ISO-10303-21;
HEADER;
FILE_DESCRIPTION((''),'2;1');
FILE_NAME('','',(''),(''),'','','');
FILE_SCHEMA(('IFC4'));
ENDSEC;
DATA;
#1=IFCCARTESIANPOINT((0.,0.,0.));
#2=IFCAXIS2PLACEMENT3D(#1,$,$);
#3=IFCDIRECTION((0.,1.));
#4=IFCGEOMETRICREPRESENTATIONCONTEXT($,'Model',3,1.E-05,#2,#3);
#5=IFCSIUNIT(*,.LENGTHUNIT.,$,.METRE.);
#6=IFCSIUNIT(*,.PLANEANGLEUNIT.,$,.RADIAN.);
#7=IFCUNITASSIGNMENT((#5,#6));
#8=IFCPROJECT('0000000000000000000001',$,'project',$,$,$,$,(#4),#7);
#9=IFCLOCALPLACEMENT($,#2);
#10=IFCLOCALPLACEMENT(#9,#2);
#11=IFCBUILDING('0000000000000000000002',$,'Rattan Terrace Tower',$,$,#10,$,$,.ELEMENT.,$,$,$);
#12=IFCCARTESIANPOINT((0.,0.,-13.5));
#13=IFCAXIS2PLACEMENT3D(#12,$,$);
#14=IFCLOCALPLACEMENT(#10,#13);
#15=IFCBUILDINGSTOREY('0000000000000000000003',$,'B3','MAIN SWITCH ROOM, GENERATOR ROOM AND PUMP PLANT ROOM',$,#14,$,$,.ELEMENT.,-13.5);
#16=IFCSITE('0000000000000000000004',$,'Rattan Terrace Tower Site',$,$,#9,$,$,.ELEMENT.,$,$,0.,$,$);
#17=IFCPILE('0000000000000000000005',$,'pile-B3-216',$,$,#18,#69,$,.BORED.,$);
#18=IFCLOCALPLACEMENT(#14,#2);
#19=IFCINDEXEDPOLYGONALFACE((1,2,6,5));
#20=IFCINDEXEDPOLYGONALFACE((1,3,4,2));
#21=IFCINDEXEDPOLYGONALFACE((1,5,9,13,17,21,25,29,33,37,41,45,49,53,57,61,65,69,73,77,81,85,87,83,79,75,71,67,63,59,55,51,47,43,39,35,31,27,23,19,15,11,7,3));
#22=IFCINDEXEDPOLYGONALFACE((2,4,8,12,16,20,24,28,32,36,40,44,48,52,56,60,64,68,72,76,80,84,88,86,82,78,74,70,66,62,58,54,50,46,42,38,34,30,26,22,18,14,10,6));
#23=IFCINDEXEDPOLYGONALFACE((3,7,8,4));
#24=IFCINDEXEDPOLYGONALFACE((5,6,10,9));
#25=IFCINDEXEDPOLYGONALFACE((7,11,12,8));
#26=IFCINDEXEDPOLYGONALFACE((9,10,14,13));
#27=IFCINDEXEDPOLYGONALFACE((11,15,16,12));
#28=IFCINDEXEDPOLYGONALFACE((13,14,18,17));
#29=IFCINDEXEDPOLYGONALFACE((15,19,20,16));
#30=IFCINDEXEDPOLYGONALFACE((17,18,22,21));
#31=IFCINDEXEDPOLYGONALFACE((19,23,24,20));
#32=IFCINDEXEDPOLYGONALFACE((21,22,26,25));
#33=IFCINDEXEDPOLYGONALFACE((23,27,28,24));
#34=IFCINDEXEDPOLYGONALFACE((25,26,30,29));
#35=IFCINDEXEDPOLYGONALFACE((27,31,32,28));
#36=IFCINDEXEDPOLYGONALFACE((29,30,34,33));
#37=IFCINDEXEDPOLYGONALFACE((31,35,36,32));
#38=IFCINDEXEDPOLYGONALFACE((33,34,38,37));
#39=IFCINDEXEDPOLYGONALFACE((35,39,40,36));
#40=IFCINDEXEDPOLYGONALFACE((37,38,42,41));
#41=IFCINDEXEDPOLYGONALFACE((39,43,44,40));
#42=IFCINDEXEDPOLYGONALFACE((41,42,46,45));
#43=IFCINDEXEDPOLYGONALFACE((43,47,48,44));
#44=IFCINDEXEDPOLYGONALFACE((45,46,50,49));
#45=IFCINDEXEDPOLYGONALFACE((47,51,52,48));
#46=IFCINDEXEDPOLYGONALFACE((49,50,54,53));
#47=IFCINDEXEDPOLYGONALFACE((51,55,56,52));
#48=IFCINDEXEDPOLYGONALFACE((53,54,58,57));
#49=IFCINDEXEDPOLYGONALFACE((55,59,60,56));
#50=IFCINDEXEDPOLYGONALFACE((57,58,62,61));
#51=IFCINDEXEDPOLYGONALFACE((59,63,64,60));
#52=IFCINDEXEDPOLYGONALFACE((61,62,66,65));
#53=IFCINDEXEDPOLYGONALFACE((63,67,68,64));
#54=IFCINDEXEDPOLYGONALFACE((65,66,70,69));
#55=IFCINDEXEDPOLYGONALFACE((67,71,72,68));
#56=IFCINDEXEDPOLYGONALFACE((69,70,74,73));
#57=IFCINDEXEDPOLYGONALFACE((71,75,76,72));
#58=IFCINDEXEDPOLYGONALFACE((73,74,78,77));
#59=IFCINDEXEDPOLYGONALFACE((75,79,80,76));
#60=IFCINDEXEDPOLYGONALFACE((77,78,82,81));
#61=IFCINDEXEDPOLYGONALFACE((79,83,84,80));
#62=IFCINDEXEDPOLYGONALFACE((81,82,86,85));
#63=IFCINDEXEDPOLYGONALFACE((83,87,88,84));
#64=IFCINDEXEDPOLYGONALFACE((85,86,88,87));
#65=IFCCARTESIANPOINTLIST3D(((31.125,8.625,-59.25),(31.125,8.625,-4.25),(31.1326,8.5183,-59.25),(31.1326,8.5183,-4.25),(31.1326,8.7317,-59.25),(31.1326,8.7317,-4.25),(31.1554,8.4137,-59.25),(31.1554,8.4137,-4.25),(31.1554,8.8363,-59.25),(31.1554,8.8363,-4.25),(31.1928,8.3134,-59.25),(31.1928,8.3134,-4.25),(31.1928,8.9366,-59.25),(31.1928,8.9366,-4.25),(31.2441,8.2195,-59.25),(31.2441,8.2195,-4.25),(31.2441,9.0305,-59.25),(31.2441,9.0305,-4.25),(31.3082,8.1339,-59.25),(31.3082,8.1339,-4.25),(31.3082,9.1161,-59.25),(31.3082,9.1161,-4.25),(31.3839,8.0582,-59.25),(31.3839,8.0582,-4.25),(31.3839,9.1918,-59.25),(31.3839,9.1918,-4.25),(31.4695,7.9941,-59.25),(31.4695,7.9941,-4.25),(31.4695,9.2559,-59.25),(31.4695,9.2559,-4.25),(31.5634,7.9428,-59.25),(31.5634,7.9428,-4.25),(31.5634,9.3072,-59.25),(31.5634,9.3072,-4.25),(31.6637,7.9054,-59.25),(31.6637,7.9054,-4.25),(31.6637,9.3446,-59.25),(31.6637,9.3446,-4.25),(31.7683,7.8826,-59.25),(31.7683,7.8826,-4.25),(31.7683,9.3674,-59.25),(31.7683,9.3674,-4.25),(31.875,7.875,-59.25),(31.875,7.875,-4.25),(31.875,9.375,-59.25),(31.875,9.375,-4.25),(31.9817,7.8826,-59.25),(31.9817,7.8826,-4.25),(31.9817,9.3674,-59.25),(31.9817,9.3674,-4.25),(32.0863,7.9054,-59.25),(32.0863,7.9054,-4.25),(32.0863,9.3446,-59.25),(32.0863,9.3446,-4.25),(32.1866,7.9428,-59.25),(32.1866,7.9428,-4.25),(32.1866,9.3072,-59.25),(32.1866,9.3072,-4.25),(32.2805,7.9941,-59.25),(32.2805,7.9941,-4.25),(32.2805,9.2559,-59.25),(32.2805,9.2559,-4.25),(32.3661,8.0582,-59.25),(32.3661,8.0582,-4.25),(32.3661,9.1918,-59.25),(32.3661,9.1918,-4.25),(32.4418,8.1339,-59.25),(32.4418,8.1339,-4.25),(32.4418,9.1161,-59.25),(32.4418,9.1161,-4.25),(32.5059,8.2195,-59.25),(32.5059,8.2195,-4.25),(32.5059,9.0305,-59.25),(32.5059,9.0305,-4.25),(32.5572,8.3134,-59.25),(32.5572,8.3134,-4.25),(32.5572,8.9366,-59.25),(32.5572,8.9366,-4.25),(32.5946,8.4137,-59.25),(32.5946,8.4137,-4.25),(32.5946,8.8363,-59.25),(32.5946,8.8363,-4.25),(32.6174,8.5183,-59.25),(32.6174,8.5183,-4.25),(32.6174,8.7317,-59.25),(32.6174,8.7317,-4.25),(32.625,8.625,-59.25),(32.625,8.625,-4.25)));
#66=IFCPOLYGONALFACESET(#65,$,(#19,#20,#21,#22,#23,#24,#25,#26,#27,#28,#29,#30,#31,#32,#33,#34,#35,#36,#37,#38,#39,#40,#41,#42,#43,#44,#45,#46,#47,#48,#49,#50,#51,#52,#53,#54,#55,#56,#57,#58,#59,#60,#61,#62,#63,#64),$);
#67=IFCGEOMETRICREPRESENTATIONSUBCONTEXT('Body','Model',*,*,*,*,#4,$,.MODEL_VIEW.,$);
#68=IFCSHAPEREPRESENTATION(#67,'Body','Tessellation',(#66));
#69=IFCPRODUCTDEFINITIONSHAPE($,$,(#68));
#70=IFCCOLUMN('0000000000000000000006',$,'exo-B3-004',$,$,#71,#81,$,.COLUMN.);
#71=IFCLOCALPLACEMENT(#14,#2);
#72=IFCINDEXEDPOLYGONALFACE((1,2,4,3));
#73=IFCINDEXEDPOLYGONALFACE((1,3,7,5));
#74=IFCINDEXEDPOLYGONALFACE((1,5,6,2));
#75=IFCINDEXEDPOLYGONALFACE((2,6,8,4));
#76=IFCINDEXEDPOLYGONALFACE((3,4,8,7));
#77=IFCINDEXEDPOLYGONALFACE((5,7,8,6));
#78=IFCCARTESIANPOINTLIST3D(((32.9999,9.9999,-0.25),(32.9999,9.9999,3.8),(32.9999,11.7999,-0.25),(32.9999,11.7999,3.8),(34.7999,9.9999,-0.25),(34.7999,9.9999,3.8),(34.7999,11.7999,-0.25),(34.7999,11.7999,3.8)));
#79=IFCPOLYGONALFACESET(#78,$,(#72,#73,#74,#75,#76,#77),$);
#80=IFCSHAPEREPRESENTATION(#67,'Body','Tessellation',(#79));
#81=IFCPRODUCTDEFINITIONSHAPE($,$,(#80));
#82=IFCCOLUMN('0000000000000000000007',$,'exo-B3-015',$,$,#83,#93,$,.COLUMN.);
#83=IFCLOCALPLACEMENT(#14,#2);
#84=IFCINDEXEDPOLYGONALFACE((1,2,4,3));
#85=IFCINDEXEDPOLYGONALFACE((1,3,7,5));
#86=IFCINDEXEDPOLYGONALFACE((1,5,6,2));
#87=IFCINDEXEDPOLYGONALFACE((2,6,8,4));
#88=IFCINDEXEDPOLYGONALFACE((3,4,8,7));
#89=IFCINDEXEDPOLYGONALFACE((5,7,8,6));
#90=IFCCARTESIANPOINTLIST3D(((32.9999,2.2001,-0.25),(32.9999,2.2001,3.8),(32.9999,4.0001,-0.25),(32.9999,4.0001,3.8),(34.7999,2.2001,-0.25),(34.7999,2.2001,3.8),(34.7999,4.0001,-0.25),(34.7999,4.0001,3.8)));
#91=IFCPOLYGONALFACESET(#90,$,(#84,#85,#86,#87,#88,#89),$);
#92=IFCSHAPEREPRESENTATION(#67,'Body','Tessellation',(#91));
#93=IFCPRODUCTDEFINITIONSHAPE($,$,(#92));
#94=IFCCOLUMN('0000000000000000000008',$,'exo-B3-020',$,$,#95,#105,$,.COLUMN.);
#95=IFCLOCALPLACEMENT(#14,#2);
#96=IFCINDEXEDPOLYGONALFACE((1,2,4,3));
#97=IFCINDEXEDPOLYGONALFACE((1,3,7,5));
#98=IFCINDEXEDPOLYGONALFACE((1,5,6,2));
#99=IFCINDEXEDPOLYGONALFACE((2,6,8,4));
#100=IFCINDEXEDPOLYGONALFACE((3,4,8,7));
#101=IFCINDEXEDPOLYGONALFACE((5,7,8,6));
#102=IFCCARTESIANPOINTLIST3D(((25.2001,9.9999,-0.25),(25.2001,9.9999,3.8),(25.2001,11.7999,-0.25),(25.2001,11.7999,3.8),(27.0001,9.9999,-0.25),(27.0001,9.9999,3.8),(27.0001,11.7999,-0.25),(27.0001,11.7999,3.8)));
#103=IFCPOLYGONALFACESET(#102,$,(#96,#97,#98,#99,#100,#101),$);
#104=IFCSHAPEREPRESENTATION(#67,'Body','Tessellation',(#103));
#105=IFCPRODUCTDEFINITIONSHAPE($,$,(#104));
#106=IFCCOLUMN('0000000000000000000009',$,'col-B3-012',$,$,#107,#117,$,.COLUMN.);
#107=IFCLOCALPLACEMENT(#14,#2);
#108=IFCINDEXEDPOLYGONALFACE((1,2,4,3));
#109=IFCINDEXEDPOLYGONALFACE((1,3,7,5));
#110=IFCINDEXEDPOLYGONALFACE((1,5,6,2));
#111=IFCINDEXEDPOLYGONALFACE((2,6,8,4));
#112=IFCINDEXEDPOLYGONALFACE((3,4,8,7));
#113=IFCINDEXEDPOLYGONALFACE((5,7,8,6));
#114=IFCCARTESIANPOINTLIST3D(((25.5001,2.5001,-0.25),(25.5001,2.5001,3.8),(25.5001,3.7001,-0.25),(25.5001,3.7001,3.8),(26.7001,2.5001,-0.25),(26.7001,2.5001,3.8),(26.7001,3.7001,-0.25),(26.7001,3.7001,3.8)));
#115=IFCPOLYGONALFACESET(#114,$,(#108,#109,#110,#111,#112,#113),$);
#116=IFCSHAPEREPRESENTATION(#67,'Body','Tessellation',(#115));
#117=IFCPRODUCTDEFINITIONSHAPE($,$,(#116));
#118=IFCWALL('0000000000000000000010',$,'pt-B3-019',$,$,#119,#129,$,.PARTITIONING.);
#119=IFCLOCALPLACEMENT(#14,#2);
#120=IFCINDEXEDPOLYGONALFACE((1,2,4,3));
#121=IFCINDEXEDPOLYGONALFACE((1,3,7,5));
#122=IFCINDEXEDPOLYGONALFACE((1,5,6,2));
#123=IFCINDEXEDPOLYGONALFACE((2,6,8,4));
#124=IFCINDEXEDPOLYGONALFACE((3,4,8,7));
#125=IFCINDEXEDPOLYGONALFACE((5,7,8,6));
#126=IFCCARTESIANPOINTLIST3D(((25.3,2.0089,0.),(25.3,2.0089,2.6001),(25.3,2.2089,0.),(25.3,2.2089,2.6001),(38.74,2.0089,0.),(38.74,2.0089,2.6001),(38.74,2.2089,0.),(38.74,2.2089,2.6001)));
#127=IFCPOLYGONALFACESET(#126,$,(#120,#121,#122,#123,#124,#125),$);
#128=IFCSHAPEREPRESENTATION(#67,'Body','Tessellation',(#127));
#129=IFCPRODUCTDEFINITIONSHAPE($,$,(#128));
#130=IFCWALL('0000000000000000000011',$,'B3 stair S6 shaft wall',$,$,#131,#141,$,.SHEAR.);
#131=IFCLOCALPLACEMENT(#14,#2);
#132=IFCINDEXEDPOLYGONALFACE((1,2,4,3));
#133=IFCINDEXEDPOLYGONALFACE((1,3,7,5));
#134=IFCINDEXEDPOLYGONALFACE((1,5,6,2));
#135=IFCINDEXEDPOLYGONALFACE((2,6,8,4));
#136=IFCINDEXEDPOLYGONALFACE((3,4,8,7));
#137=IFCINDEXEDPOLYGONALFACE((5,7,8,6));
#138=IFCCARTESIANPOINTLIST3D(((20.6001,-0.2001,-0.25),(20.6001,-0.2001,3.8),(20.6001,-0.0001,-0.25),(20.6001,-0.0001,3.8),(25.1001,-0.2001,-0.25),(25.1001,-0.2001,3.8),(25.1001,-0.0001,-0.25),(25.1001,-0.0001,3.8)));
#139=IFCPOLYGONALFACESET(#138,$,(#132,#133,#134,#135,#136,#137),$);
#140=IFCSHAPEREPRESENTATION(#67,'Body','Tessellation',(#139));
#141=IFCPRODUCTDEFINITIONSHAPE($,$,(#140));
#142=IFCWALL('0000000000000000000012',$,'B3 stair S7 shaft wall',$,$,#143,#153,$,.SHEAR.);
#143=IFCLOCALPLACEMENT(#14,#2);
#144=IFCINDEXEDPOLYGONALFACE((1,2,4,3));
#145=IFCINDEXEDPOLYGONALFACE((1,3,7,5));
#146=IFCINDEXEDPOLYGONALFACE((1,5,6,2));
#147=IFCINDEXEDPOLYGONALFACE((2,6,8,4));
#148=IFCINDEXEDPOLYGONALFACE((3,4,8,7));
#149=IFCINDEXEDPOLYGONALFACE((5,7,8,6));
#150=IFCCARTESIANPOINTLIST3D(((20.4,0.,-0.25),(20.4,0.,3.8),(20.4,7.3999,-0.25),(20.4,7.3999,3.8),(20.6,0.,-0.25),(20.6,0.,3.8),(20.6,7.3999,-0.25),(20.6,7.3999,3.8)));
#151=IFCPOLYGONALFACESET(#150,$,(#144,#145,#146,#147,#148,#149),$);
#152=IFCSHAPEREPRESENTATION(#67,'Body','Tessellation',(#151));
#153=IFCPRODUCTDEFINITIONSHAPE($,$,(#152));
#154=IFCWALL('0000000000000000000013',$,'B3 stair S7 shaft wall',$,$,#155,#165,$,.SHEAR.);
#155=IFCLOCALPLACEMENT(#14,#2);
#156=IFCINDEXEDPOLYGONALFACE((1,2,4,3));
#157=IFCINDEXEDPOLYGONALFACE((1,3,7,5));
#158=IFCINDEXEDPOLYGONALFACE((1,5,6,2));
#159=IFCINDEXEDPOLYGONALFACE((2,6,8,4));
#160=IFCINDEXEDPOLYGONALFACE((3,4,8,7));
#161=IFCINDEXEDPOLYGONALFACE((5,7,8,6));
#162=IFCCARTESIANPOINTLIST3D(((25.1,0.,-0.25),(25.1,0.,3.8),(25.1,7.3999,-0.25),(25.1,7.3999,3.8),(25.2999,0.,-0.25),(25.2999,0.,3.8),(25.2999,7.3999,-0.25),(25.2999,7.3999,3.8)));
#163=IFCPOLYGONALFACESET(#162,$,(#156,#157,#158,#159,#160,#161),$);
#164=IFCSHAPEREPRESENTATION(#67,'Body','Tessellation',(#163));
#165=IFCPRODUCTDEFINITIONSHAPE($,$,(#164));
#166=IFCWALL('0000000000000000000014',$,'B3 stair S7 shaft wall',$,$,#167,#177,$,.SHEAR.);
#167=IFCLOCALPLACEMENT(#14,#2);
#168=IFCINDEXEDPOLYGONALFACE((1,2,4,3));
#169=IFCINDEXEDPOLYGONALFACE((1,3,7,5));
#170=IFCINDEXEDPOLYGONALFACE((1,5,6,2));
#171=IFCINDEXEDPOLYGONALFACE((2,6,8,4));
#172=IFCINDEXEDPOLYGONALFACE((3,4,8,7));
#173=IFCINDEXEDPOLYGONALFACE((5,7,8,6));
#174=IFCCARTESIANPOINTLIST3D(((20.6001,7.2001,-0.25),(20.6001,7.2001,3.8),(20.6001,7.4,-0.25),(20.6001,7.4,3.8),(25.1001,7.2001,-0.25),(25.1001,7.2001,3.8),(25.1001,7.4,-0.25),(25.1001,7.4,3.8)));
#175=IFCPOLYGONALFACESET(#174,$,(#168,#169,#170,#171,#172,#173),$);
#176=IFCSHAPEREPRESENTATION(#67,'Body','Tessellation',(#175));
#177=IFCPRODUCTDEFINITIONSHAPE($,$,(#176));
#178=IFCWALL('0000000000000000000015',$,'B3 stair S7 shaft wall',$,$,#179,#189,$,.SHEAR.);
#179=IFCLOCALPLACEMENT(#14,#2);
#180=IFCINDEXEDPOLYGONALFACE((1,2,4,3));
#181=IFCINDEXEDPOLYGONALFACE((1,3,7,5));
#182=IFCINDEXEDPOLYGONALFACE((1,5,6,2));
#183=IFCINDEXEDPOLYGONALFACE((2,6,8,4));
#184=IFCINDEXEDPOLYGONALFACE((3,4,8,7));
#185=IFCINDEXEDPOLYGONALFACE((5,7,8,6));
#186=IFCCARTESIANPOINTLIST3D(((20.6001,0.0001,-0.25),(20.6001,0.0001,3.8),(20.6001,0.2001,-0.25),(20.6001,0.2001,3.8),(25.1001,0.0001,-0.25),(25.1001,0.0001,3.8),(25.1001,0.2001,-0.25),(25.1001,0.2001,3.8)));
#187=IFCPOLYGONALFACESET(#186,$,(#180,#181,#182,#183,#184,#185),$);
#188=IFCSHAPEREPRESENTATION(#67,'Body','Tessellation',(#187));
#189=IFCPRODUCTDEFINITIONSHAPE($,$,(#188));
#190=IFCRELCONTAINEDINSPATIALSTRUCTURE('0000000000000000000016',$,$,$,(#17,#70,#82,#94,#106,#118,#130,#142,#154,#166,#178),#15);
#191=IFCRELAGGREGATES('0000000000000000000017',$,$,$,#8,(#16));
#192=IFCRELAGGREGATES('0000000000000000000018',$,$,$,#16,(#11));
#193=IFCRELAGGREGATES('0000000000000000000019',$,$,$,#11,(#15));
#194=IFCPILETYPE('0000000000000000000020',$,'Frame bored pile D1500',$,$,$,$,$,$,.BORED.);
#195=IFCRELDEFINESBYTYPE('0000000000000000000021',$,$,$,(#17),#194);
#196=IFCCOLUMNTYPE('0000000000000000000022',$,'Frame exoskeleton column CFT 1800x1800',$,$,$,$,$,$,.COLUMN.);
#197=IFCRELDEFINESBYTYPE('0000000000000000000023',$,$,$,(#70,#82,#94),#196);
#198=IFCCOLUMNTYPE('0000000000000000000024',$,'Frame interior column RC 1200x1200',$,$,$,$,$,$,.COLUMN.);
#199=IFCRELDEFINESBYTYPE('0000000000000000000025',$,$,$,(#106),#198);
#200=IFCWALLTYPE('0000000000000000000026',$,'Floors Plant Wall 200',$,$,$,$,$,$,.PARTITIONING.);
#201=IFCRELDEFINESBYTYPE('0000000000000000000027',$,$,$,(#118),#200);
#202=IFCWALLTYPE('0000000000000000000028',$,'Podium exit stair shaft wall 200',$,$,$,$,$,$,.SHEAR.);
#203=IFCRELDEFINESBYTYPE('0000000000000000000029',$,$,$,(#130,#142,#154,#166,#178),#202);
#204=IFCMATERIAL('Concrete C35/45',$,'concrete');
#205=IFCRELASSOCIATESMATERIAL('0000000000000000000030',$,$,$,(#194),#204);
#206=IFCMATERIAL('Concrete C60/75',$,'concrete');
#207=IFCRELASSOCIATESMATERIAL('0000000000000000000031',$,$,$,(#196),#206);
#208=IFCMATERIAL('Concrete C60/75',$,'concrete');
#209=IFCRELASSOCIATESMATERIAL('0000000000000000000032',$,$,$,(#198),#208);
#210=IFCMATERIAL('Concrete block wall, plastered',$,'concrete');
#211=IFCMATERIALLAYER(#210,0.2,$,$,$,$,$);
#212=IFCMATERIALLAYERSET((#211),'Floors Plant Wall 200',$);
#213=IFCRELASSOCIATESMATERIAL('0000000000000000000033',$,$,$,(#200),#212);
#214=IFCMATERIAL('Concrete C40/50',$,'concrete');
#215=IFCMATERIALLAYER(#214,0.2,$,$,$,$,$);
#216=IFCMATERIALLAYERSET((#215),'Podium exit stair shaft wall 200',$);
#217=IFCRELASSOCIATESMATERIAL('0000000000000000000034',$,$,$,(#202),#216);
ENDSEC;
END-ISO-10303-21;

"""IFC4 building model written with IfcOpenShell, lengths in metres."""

from ifc_helpers import new_model, si_unit, direction, frame, frame_2d, origin, origin_2d, place, context, subcontext, project, spatial, rectangle, circle, extrude, material, layer, layer_set, material_profile, profile_set, type_object, element, save


model = new_model("IFC4")

# Units and contexts
model_context = context("Model", 3, precision=1e-05, world=origin(), true_north=direction((0.0, 1.0)))
body_context = subcontext(model_context, "Body", "Model", "MODEL_VIEW")
ifc_project = project(units=[si_unit("LENGTHUNIT", "METRE"), si_unit("PLANEANGLEUNIT", "RADIAN")], contexts=[model_context])

# Site, building, storey
site_placement = place(None, origin())
site = spatial("IfcSite", under=ifc_project, at=site_placement, Name="Rattan Terrace Tower Site", CompositionType="ELEMENT", RefElevation=0.0)
building_placement = place(site_placement, origin())
building = spatial("IfcBuilding", under=site, at=building_placement, Name="Rattan Terrace Tower", CompositionType="ELEMENT")
storey_placement = place(building_placement, frame((0.0, 0.0, -13.5)))
storey = spatial("IfcBuildingStorey", under=building, at=storey_placement, Name="B3", Description="MAIN SWITCH ROOM, GENERATOR ROOM AND PUMP PLANT ROOM", CompositionType="ELEMENT", Elevation=-13.5)

# Pile
ifc_material_1 = material(Name="Concrete C35/45", Category="concrete")
ifc_material_profile_1 = material_profile(ifc_material_1, circle(Radius=0.75, at=origin_2d()), Name="PILE D1500")
ifc_profile_set_1 = profile_set([ifc_material_profile_1], Name="Concrete C35/45")
pile_type = type_object("IfcPileType", Name="Frame bored pile D1500", PredefinedType="BORED", material=ifc_profile_set_1)
for number, where, z_axis, x_axis, name in (
    (1, (31.875, 8.625, -4.25), (0.0, 0.0, -1.0), (1.0, 0.0, 0.0), "pile-B3-216"),
):
    element("IfcPile", number, at=place(storey_placement, frame(where, z_axis=z_axis, x_axis=x_axis)), inside=storey, type_object=pile_type, Name=name, PredefinedType="BORED", context=body_context, shape_type="SweptSolid", body=[
        extrude(circle(Radius=0.75, at=origin_2d()), origin(), (0.0, 0.0, 1.0), 55.0),
    ])

# Columns
ifc_material_2 = material(Name="Concrete C60/75", Category="concrete")
ifc_material_profile_2 = material_profile(ifc_material_2, rectangle(XDim=1.8, YDim=1.8, at=origin_2d()), Name="CFT 1800x1800")
ifc_profile_set_2 = profile_set([ifc_material_profile_2], Name="Concrete C60/75")
column_type_1 = type_object("IfcColumnType", Name="Frame exoskeleton column CFT 1800x1800", PredefinedType="COLUMN", material=ifc_profile_set_2)
for number, where, z_axis, x_axis, name in (
    (2, (33.8999, 10.8999, -0.25), (0.0, 0.0, 1.0), (1.0, 0.0, 0.0), "exo-B3-004"),
    (3, (33.8999, 3.1001, -0.25), (0.0, 0.0, 1.0), (0.0, 1.0, 0.0), "exo-B3-015"),
    (4, (26.1001, 10.8999, -0.25), (0.0, 0.0, 1.0), (1.0, 0.0, 0.0), "exo-B3-020"),
):
    element("IfcColumn", number, at=place(storey_placement, frame(where, z_axis=z_axis, x_axis=x_axis)), inside=storey, type_object=column_type_1, Name=name, PredefinedType="COLUMN", context=body_context, shape_type="SweptSolid", body=[
        extrude(rectangle(XDim=1.8, YDim=1.8, at=origin_2d()), origin(), (0.0, 0.0, 1.0), 4.05),
    ])
ifc_material_3 = material(Name="Concrete C60/75", Category="concrete")
ifc_material_profile_3 = material_profile(ifc_material_3, rectangle(XDim=1.2, YDim=1.2, at=origin_2d()), Name="RC 1200x1200")
ifc_profile_set_3 = profile_set([ifc_material_profile_3], Name="Concrete C60/75")
column_type_2 = type_object("IfcColumnType", Name="Frame interior column RC 1200x1200", PredefinedType="COLUMN", material=ifc_profile_set_3)
column_placement = place(storey_placement, frame((26.1001, 3.1001, -0.25), z_axis=(0.0, 0.0, 1.0), x_axis=(1.0, 0.0, 0.0)))
element("IfcColumn", 5, at=column_placement, inside=storey, type_object=column_type_2, Name="col-B3-012", PredefinedType="COLUMN", context=body_context, shape_type="SweptSolid", body=[
    extrude(rectangle(XDim=1.2, YDim=1.2, at=origin_2d()), origin(), (0.0, 0.0, 1.0), 4.05),
])

# Walls
ifc_material_4 = material(Name="Concrete block wall, plastered", Category="concrete")
ifc_layer_1 = layer(ifc_material_4, 0.2)
ifc_layer_set_1 = layer_set([ifc_layer_1], Name="Floors Plant Wall 200")
wall_type_1 = type_object("IfcWallType", Name="Floors Plant Wall 200", PredefinedType="PARTITIONING", material=ifc_layer_set_1)
wall_1_placement = place(storey_placement, frame((25.3, 2.1089, 0.0), z_axis=(0.0, 0.0, 1.0), x_axis=(1.0, 0.0, 0.0)))
element("IfcWall", 6, at=wall_1_placement, inside=storey, type_object=wall_type_1, Name="pt-B3-019", PredefinedType="PARTITIONING", context=body_context, shape_type="SweptSolid", body=[
    extrude(rectangle(XDim=13.4399, YDim=0.2, at=frame_2d((6.72, 0.0))), origin(), (0.0, 0.0, 1.0), 2.6001),
])
ifc_material_5 = material(Name="Concrete C40/50", Category="concrete")
ifc_layer_2 = layer(ifc_material_5, 0.2)
ifc_layer_set_2 = layer_set([ifc_layer_2], Name="Podium exit stair shaft wall 200")
wall_type_2 = type_object("IfcWallType", Name="Podium exit stair shaft wall 200", PredefinedType="SHEAR", material=ifc_layer_set_2)
wall_2_placement = place(storey_placement, frame((20.6001, -0.1001, -0.25), z_axis=(0.0, 0.0, 1.0), x_axis=(1.0, 0.0, 0.0)))
element("IfcWall", 7, at=wall_2_placement, inside=storey, type_object=wall_type_2, Name="B3 stair S6 shaft wall", PredefinedType="SHEAR", context=body_context, shape_type="SweptSolid", body=[
    extrude(rectangle(XDim=4.5, YDim=0.2, at=frame_2d((2.25, 0.0))), origin(), (0.0, 0.0, 1.0), 4.05),
])
for number, where, z_axis, x_axis, name in (
    (8, (20.5, 0.0, -0.25), (0.0, 0.0, 1.0), (0.0, 1.0, 0.0), "B3 stair S7 shaft wall"),
    (9, (25.2, 0.0, -0.25), (0.0, 0.0, 1.0), (0.0, 1.0, 0.0), "B3 stair S7 shaft wall"),
):
    element("IfcWall", number, at=place(storey_placement, frame(where, z_axis=z_axis, x_axis=x_axis)), inside=storey, type_object=wall_type_2, Name=name, PredefinedType="SHEAR", context=body_context, shape_type="SweptSolid", body=[
        extrude(rectangle(XDim=7.3999, YDim=0.2, at=frame_2d((3.7, 0.0))), origin(), (0.0, 0.0, 1.0), 4.05),
    ])
for number, where, z_axis, x_axis, name in (
    (10, (20.6001, 7.3, -0.25), (0.0, 0.0, 1.0), (1.0, 0.0, 0.0), "B3 stair S7 shaft wall"),
    (11, (20.6001, 0.1001, -0.25), (0.0, 0.0, 1.0), (1.0, 0.0, 0.0), "B3 stair S7 shaft wall"),
):
    element("IfcWall", number, at=place(storey_placement, frame(where, z_axis=z_axis, x_axis=x_axis)), inside=storey, type_object=wall_type_2, Name=name, PredefinedType="SHEAR", context=body_context, shape_type="SweptSolid", body=[
        extrude(rectangle(XDim=4.5, YDim=0.2, at=frame_2d((2.25, 0.0))), origin(), (0.0, 0.0, 1.0), 4.05),
    ])

save(model, "model.ifc")
